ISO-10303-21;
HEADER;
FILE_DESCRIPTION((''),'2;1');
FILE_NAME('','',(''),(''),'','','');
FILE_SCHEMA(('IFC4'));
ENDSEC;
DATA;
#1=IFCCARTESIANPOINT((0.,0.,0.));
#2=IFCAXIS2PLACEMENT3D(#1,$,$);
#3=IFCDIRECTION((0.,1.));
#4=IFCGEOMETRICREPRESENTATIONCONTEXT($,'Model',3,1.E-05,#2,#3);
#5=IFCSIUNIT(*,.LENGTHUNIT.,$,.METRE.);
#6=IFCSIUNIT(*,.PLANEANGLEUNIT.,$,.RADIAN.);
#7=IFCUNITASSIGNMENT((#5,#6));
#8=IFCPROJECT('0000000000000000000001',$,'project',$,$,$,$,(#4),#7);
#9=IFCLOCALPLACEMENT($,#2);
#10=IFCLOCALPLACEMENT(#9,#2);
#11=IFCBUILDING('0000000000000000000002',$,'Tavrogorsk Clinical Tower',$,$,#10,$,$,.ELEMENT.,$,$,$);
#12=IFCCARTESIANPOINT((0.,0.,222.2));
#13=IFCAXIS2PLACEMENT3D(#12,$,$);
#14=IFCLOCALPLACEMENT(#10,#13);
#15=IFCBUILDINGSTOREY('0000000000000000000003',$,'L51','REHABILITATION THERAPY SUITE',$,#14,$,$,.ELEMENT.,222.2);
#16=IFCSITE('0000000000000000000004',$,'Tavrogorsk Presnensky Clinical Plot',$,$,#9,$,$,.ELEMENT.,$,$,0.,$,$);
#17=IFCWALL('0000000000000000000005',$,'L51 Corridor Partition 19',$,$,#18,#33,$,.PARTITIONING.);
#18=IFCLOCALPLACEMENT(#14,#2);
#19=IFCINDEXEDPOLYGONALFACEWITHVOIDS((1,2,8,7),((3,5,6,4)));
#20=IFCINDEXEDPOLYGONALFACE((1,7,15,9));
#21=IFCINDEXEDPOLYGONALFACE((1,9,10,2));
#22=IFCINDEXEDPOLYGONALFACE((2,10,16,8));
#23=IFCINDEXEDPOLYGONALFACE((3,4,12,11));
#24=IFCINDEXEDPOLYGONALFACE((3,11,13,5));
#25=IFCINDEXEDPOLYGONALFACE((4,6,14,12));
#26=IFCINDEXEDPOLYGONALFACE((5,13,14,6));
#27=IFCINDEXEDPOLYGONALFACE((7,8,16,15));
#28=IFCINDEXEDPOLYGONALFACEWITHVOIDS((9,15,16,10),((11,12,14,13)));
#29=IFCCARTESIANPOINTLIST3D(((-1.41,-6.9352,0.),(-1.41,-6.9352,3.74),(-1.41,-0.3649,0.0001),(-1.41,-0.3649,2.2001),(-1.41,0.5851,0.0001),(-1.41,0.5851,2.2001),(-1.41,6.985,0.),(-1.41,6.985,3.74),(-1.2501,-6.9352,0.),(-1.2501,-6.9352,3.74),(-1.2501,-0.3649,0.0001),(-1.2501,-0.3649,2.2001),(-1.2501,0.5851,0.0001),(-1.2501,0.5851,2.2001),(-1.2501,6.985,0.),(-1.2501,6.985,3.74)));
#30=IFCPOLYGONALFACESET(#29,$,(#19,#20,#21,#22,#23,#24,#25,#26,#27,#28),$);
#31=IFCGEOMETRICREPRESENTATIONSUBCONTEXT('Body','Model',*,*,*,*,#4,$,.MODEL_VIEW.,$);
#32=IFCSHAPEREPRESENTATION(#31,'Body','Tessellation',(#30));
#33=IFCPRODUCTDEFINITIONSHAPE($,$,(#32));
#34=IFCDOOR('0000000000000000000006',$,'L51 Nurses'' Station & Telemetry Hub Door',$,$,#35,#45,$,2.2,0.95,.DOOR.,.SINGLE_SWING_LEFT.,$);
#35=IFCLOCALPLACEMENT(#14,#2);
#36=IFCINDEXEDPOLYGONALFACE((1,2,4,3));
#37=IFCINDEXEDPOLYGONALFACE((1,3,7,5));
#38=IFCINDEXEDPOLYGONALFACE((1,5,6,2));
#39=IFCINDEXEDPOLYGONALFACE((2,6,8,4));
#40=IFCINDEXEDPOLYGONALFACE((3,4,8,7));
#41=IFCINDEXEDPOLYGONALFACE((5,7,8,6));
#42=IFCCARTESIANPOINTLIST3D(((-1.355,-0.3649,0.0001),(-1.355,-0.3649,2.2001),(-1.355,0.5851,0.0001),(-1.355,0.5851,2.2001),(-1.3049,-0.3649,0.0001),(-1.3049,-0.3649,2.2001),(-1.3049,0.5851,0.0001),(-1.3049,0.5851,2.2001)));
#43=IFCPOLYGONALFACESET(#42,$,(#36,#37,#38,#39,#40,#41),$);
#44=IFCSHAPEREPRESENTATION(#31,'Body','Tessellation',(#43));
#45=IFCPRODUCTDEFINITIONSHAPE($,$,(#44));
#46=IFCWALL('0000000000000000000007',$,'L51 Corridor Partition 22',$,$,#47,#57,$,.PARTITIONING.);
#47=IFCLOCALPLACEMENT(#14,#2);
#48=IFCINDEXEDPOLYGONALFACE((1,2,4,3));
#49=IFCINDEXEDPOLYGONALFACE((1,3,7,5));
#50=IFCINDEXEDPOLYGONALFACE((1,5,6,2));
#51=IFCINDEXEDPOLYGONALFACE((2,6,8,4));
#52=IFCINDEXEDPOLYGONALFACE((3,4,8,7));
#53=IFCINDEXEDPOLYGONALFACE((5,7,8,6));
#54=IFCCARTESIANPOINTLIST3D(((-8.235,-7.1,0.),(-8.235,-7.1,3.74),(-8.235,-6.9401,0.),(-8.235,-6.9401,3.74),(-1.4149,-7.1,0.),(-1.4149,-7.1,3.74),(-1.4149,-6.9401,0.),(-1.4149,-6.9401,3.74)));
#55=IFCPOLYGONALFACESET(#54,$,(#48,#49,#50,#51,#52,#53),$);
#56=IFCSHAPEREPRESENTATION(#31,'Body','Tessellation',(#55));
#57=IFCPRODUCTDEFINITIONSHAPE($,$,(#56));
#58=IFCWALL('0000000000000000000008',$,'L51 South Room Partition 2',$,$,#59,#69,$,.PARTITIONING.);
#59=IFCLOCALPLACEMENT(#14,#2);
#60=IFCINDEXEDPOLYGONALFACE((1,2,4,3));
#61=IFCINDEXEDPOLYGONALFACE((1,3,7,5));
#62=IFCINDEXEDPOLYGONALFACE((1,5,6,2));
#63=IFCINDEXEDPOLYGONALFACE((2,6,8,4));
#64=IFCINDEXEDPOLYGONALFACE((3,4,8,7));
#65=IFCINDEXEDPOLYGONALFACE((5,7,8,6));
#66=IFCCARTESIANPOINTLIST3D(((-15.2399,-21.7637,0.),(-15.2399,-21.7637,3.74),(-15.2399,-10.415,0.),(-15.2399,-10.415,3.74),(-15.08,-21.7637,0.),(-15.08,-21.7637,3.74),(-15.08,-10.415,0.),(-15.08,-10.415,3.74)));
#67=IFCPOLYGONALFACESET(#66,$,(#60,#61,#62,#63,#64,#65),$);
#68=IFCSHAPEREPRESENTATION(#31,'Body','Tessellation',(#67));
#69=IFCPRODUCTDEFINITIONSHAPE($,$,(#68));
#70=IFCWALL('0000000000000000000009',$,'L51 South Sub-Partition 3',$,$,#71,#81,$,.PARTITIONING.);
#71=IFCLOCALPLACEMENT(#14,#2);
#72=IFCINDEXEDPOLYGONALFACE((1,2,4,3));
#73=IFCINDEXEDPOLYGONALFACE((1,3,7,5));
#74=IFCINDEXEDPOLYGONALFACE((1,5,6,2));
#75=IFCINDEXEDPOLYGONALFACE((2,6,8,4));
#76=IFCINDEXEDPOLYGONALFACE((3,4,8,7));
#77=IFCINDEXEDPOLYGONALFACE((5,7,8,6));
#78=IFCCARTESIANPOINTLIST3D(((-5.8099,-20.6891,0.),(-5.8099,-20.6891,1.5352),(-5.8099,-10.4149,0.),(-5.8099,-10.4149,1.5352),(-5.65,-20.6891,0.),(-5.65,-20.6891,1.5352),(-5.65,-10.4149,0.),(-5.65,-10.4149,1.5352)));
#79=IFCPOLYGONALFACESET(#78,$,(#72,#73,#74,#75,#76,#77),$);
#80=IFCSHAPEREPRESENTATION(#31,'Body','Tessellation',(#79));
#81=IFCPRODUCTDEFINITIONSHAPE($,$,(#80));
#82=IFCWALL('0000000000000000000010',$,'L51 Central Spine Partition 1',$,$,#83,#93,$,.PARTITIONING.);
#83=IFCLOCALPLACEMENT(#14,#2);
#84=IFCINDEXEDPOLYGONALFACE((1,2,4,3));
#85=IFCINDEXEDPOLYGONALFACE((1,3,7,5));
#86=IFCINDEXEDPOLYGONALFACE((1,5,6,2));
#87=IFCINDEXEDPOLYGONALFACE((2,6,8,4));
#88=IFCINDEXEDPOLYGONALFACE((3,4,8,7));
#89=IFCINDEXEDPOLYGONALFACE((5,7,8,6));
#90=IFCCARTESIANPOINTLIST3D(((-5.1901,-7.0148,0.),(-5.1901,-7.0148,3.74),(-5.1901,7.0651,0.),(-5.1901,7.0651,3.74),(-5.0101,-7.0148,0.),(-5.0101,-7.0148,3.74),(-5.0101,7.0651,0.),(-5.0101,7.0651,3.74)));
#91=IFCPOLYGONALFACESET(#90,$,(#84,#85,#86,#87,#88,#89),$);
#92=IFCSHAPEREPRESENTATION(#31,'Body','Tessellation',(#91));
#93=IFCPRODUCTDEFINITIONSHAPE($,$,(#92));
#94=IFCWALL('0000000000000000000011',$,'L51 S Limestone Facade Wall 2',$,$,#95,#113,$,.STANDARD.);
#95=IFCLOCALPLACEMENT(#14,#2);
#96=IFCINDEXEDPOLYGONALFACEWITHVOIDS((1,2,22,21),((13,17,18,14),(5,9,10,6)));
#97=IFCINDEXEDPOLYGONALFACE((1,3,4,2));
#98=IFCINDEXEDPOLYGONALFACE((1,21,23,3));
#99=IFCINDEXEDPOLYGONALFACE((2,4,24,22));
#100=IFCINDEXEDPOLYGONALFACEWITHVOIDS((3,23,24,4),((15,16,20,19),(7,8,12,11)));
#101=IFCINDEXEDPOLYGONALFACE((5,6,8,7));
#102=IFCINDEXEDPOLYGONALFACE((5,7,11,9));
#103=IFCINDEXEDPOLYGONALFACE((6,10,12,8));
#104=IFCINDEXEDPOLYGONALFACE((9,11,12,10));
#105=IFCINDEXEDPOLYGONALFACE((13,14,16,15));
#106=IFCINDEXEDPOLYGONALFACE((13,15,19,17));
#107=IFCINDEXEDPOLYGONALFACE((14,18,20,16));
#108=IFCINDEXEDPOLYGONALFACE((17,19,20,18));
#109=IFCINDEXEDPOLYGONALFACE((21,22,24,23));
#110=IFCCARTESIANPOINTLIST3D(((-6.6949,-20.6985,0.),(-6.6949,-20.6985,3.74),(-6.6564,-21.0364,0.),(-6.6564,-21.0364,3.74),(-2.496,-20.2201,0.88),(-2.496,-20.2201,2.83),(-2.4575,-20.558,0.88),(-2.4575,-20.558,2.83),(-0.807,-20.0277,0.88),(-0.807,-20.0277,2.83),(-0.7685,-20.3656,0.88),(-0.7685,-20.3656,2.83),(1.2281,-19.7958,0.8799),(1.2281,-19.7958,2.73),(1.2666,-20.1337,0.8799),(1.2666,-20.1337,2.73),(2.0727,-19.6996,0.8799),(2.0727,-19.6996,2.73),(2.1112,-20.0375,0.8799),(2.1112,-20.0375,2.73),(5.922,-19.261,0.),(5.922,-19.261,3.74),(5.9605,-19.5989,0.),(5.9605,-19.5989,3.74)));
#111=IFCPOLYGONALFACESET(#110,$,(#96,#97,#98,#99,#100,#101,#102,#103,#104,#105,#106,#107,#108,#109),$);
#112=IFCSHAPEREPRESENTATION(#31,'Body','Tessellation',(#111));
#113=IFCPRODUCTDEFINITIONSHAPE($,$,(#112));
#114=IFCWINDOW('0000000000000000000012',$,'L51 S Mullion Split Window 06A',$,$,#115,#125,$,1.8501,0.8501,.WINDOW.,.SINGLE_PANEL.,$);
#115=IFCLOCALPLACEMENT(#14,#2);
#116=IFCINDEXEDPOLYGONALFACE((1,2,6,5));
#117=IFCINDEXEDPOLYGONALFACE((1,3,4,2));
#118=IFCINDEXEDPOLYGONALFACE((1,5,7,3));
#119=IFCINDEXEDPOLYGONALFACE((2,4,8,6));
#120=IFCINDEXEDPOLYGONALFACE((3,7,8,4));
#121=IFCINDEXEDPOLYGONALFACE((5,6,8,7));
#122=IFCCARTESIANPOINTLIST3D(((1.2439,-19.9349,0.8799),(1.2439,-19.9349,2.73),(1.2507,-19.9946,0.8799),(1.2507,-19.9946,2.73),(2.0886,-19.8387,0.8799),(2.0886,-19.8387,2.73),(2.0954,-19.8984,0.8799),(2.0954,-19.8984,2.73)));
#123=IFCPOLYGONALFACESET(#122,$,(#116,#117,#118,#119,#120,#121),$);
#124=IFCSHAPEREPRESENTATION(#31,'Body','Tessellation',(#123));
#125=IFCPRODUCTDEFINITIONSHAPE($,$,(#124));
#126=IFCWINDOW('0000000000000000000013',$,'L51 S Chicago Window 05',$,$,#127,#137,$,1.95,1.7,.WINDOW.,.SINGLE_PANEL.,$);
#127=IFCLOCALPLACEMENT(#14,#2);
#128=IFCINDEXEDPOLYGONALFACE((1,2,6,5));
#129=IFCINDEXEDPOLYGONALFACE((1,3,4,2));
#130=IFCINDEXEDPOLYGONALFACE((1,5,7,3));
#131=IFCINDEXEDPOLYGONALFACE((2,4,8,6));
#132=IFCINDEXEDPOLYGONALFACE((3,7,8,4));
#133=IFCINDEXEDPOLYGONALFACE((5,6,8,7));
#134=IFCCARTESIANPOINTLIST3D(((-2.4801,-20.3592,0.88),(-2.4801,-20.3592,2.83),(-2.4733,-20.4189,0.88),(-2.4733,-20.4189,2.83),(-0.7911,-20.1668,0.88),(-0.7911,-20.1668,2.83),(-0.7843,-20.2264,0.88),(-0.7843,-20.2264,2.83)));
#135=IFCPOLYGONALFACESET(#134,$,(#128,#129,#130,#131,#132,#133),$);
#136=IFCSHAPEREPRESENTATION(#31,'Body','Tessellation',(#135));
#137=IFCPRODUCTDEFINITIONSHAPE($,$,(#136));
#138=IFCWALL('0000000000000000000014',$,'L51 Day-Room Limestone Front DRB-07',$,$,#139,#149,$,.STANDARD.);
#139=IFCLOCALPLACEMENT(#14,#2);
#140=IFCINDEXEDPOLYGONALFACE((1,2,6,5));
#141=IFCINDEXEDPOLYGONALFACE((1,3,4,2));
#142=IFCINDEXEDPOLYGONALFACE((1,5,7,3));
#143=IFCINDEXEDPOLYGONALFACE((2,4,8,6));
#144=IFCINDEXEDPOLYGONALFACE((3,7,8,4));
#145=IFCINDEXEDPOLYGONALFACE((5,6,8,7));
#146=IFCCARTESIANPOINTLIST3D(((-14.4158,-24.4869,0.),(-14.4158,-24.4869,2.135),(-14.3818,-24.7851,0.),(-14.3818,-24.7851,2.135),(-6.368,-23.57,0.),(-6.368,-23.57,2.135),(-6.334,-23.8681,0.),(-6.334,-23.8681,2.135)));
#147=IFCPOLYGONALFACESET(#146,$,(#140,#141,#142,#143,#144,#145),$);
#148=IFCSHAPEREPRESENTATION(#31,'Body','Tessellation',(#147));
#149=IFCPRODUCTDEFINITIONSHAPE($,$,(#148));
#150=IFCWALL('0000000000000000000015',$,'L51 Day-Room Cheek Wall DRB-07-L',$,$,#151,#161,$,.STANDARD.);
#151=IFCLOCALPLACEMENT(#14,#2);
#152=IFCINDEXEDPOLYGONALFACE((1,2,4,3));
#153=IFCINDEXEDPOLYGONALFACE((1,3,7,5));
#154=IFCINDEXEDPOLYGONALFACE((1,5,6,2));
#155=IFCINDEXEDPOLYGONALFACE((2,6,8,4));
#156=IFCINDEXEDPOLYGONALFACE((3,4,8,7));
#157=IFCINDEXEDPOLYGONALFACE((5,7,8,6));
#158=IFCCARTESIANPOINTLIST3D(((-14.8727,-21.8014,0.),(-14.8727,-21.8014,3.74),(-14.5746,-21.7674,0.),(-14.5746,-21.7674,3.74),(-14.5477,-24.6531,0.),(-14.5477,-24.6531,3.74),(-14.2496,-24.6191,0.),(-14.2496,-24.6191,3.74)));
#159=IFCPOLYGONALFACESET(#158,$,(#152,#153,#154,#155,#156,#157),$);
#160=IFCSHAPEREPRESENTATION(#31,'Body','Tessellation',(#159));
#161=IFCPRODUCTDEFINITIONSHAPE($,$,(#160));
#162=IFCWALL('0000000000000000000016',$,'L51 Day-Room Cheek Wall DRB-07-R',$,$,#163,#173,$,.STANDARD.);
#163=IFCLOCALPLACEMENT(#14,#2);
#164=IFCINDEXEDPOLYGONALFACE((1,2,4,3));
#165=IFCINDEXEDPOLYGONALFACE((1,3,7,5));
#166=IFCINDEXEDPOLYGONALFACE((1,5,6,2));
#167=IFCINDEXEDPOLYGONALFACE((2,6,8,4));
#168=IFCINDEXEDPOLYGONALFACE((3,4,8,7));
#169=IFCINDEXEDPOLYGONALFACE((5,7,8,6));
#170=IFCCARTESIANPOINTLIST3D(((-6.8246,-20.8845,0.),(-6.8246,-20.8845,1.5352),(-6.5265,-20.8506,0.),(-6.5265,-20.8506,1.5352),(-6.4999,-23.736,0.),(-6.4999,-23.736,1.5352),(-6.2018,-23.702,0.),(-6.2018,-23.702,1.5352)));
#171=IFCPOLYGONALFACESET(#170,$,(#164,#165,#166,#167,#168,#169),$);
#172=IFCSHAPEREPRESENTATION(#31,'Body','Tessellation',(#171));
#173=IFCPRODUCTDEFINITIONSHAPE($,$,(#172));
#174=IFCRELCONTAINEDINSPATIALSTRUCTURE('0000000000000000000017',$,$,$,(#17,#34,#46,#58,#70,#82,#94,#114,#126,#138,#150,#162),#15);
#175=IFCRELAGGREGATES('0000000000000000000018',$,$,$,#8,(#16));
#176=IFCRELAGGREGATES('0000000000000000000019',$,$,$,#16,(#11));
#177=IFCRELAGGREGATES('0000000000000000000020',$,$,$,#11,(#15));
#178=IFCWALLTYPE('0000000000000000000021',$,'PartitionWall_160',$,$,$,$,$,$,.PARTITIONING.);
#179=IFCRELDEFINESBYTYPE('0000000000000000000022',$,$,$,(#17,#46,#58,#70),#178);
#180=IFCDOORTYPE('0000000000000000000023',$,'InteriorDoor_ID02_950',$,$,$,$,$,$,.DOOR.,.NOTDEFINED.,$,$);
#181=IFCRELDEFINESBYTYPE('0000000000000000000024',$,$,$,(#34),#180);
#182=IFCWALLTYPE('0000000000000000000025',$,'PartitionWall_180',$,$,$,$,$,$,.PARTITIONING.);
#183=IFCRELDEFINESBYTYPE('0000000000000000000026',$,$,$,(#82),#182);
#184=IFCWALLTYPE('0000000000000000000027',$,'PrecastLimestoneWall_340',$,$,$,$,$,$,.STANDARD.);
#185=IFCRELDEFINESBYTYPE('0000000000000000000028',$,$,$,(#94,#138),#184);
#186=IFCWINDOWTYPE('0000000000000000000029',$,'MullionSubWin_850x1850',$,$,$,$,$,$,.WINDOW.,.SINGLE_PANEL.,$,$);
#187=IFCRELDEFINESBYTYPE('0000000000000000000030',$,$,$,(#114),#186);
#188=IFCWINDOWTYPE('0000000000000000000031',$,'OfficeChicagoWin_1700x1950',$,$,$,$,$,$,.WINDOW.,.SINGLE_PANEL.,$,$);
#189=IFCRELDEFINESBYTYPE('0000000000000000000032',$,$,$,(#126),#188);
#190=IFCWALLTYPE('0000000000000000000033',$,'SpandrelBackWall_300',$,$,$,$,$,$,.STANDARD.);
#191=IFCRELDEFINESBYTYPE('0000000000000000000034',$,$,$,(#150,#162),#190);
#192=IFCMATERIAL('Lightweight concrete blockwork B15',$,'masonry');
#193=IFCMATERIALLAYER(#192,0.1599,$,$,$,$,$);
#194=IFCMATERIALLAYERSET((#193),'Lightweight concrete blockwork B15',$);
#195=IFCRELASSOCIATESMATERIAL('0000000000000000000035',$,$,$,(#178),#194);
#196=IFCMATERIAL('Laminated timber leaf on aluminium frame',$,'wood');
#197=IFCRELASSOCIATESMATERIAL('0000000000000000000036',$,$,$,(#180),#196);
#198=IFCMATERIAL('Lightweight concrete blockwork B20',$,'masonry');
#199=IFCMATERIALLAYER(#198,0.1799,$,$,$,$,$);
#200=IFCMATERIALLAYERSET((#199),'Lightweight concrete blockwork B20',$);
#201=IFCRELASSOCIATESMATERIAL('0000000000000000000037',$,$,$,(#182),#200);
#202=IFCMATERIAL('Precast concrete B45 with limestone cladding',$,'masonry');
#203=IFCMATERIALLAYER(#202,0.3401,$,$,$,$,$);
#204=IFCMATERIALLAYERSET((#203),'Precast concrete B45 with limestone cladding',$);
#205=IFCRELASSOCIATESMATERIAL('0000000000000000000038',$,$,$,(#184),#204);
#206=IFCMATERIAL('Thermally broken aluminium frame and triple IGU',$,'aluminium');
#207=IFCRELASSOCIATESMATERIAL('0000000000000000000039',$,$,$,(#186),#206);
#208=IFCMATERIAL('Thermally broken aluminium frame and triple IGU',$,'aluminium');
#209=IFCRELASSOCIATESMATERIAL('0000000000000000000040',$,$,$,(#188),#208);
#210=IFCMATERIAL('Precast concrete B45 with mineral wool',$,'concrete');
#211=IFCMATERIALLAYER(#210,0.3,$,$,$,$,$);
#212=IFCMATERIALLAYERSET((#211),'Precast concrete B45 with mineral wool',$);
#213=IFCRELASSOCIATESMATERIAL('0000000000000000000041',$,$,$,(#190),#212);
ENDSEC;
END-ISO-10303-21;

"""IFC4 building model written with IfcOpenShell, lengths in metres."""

from ifc_helpers import new_model, si_unit, direction, frame, frame_2d, origin, place, context, subcontext, project, spatial, rectangle, extrude, material, layer, layer_set, type_object, element, fill, save


model = new_model("IFC4")

# Units and contexts
model_context = context("Model", 3, precision=1e-05, world=origin(), true_north=direction((0.0, 1.0)))
body_context = subcontext(model_context, "Body", "Model", "MODEL_VIEW")
ifc_project = project(units=[si_unit("LENGTHUNIT", "METRE"), si_unit("PLANEANGLEUNIT", "RADIAN")], contexts=[model_context])

# Site, building, storey
site_placement = place(None, origin())
site = spatial("IfcSite", under=ifc_project, at=site_placement, Name="Tavrogorsk Presnensky Clinical Plot", CompositionType="ELEMENT", RefElevation=0.0)
building_placement = place(site_placement, origin())
building = spatial("IfcBuilding", under=site, at=building_placement, Name="Tavrogorsk Clinical Tower", CompositionType="ELEMENT")
storey_placement = place(building_placement, frame((0.0, 0.0, 222.2)))
storey = spatial("IfcBuildingStorey", under=building, at=storey_placement, Name="L51", Description="REHABILITATION THERAPY SUITE", CompositionType="ELEMENT", Elevation=222.2)

# Shared definitions
ifc_material_1 = material(Name="Lightweight concrete blockwork B15", Category="masonry")
ifc_layer_1 = layer(ifc_material_1, 0.1599)
ifc_layer_set_1 = layer_set([ifc_layer_1], Name="Lightweight concrete blockwork B15")
wall_type_1 = type_object("IfcWallType", Name="PartitionWall_160", PredefinedType="PARTITIONING", material=ifc_layer_set_1)

# Wall, opening, door
wall_1_placement = place(storey_placement, frame((-1.3301, -6.9351, 0.0), z_axis=(0.0, 0.0, 1.0), x_axis=(0.0, 1.0, 0.0)))
wall_1 = element("IfcWall", 1, at=wall_1_placement, inside=storey, type_object=wall_type_1, Name="L51 Corridor Partition 19", PredefinedType="PARTITIONING", context=body_context, shape_type="SweptSolid", body=[
    extrude(rectangle(XDim=13.9202, YDim=0.1599, at=frame_2d((6.96, 0.0))), origin(), (0.0, 0.0, 1.0), 3.74),
])
opening_1_placement = place(wall_1_placement, frame((6.5701, 0.0, 0.0)))
opening_1 = element("IfcOpeningElement", 2, at=opening_1_placement, cuts=wall_1, PredefinedType="OPENING", context=body_context, shape_type="SweptSolid", body=[
    extrude(rectangle(XDim=0.95, YDim=2.2, at=frame_2d((0.4751, 1.1001))), frame((0.0, 0.0898, 0.0), z_axis=(0.0, -1.0, 0.0), x_axis=(1.0, 0.0, 0.0)), (0.0, 0.0, 1.0), 0.1799),
])
ifc_material_2 = material(Name="Laminated timber leaf on aluminium frame", Category="wood")
door_type = type_object("IfcDoorType", Name="InteriorDoor_ID02_950", OperationType="NOTDEFINED", PredefinedType="DOOR", material=ifc_material_2)
door_placement = place(opening_1_placement, origin())
door = element("IfcDoor", 3, at=door_placement, inside=storey, type_object=door_type, Name="L51 Nurses' Station & Telemetry Hub Door", OperationType="SINGLE_SWING_LEFT", OverallHeight=2.2, OverallWidth=0.95, PredefinedType="DOOR", context=body_context, shape_type="SweptSolid", body=[
    extrude(rectangle(XDim=0.95, YDim=2.2, at=frame_2d((0.4751, 1.1001))), frame((0.0, 0.0249, 0.0), z_axis=(0.0, -1.0, 0.0), x_axis=(1.0, 0.0, 0.0)), (0.0, 0.0, 1.0), 0.05),
])
fill(opening_1, door)

# Walls
wall_2_placement = place(storey_placement, frame((-8.2351, -7.02, 0.0), z_axis=(0.0, 0.0, 1.0), x_axis=(1.0, 0.0, 0.0)))
element("IfcWall", 4, at=wall_2_placement, inside=storey, type_object=wall_type_1, Name="L51 Corridor Partition 22", PredefinedType="PARTITIONING", context=body_context, shape_type="SweptSolid", body=[
    extrude(rectangle(XDim=6.8201, YDim=0.1599, at=frame_2d((3.4102, 0.0))), origin(), (0.0, 0.0, 1.0), 3.74),
])
wall_3_placement = place(storey_placement, frame((-15.1599, -21.7637, 0.0), z_axis=(0.0, 0.0, 1.0), x_axis=(0.0, 1.0, 0.0)))
element("IfcWall", 5, at=wall_3_placement, inside=storey, type_object=wall_type_1, Name="L51 South Room Partition 2", PredefinedType="PARTITIONING", context=body_context, shape_type="SweptSolid", body=[
    extrude(rectangle(XDim=11.3486, YDim=0.1599, at=frame_2d((5.6743, 0.0))), origin(), (0.0, 0.0, 1.0), 3.74),
])
wall_4_placement = place(storey_placement, frame((-5.73, -20.6892, 0.0), z_axis=(0.0, 0.0, 1.0), x_axis=(0.0, 1.0, 0.0)))
element("IfcWall", 6, at=wall_4_placement, inside=storey, type_object=wall_type_1, Name="L51 South Sub-Partition 3", PredefinedType="PARTITIONING", context=body_context, shape_type="SweptSolid", body=[
    extrude(rectangle(XDim=10.2742, YDim=0.1599, at=frame_2d((5.1372, 0.0))), origin(), (0.0, 0.0, 1.0), 1.5352),
])
ifc_material_3 = material(Name="Lightweight concrete blockwork B20", Category="masonry")
ifc_layer_2 = layer(ifc_material_3, 0.1799)
ifc_layer_set_2 = layer_set([ifc_layer_2], Name="Lightweight concrete blockwork B20")
wall_type_2 = type_object("IfcWallType", Name="PartitionWall_180", PredefinedType="PARTITIONING", material=ifc_layer_set_2)
wall_5_placement = place(storey_placement, frame((-5.1001, -7.0149, 0.0), z_axis=(0.0, 0.0, 1.0), x_axis=(0.0, 1.0, 0.0)))
element("IfcWall", 7, at=wall_5_placement, inside=storey, type_object=wall_type_2, Name="L51 Central Spine Partition 1", PredefinedType="PARTITIONING", context=body_context, shape_type="SweptSolid", body=[
    extrude(rectangle(XDim=14.0798, YDim=0.1799, at=frame_2d((7.04, 0.0))), origin(), (0.0, 0.0, 1.0), 3.74),
])

# Wall, openings, windows
ifc_material_4 = material(Name="Precast concrete B45 with limestone cladding", Category="masonry")
ifc_layer_3 = layer(ifc_material_4, 0.3401)
ifc_layer_set_3 = layer_set([ifc_layer_3], Name="Precast concrete B45 with limestone cladding")
wall_type_3 = type_object("IfcWallType", Name="PrecastLimestoneWall_340", PredefinedType="STANDARD", material=ifc_layer_set_3)
wall_6_placement = place(storey_placement, frame((-6.6755, -20.8674, 0.0), z_axis=(0.0, 0.0, 1.0), x_axis=(0.993572, 0.113202, 0.0)))
wall_6 = element("IfcWall", 8, at=wall_6_placement, inside=storey, type_object=wall_type_3, Name="L51 S Limestone Facade Wall 2", PredefinedType="STANDARD", context=body_context, shape_type="SweptSolid", body=[
    extrude(rectangle(XDim=12.6985, YDim=0.3401, at=frame_2d((6.3491, 0.0))), origin(), (0.0, 0.0, 1.0), 3.74),
])
opening_2_placement = place(wall_6_placement, frame((4.2258, 0.0, 0.8799)))
opening_2 = element("IfcOpeningElement", 9, at=opening_2_placement, cuts=wall_6, PredefinedType="OPENING", context=body_context, shape_type="SweptSolid", body=[
    extrude(rectangle(XDim=1.7, YDim=1.95, at=frame_2d((0.8501, 0.9751))), frame((0.0, 0.1799, 0.0), z_axis=(0.0, -1.0, 0.0), x_axis=(1.0, 0.0, 0.0)), (0.0, 0.0, 1.0), 0.3601),
])
opening_3_placement = place(wall_6_placement, frame((7.9741, 0.0, 0.8799)))
opening_3 = element("IfcOpeningElement", 10, at=opening_3_placement, cuts=wall_6, PredefinedType="OPENING", context=body_context, shape_type="SweptSolid", body=[
    extrude(rectangle(XDim=0.8501, YDim=1.8501, at=frame_2d((0.425, 0.925))), frame((0.0, 0.1799, 0.0), z_axis=(0.0, -1.0, 0.0), x_axis=(1.0, 0.0, 0.0)), (0.0, 0.0, 1.0), 0.3601),
])
ifc_material_5 = material(Name="Thermally broken aluminium frame and triple IGU", Category="aluminium")
window_type_1 = type_object("IfcWindowType", Name="MullionSubWin_850x1850", PartitioningType="SINGLE_PANEL", PredefinedType="WINDOW", material=ifc_material_5)
window_1_placement = place(opening_3_placement, origin())
window_1 = element("IfcWindow", 11, at=window_1_placement, inside=storey, type_object=window_type_1, Name="L51 S Mullion Split Window 06A", OverallHeight=1.8501, OverallWidth=0.8501, PartitioningType="SINGLE_PANEL", PredefinedType="WINDOW", context=body_context, shape_type="SweptSolid", body=[
    extrude(rectangle(XDim=0.8501, YDim=1.8501, at=frame_2d((0.425, 0.925))), frame((0.0, 0.03, 0.0), z_axis=(0.0, -1.0, 0.0), x_axis=(1.0, 0.0, 0.0)), (0.0, 0.0, 1.0), 0.0601),
])
fill(opening_3, window_1)
ifc_material_6 = material(Name="Thermally broken aluminium frame and triple IGU", Category="aluminium")
window_type_2 = type_object("IfcWindowType", Name="OfficeChicagoWin_1700x1950", PartitioningType="SINGLE_PANEL", PredefinedType="WINDOW", material=ifc_material_6)
window_2_placement = place(opening_2_placement, origin())
window_2 = element("IfcWindow", 12, at=window_2_placement, inside=storey, type_object=window_type_2, Name="L51 S Chicago Window 05", OverallHeight=1.95, OverallWidth=1.7, PartitioningType="SINGLE_PANEL", PredefinedType="WINDOW", context=body_context, shape_type="SweptSolid", body=[
    extrude(rectangle(XDim=1.7, YDim=1.95, at=frame_2d((0.8501, 0.9751))), frame((0.0, 0.03, 0.0), z_axis=(0.0, -1.0, 0.0), x_axis=(1.0, 0.0, 0.0)), (0.0, 0.0, 1.0), 0.0601),
])
fill(opening_2, window_2)

# Walls
wall_7_placement = place(storey_placement, frame((-14.3987, -24.636, 0.0), z_axis=(0.0, 0.0, 1.0), x_axis=(0.993571, 0.11321, 0.0)))
element("IfcWall", 13, at=wall_7_placement, inside=storey, type_object=wall_type_3, Name="L51 Day-Room Limestone Front DRB-07", PredefinedType="STANDARD", context=body_context, shape_type="SweptSolid", body=[
    extrude(rectangle(XDim=8.0999, YDim=0.3, at=frame_2d((4.0498, 0.0))), origin(), (0.0, 0.0, 1.0), 2.135),
])
ifc_material_7 = material(Name="Precast concrete B45 with mineral wool", Category="concrete")
ifc_layer_4 = layer(ifc_material_7, 0.3)
ifc_layer_set_4 = layer_set([ifc_layer_4], Name="Precast concrete B45 with mineral wool")
wall_type_4 = type_object("IfcWallType", Name="SpandrelBackWall_300", PredefinedType="STANDARD", material=ifc_layer_set_4)
wall_8_placement = place(storey_placement, frame((-14.7236, -21.7844, 0.0), z_axis=(0.0, 0.0, 1.0), x_axis=(0.113223, -0.99357, 0.0)))
element("IfcWall", 14, at=wall_8_placement, inside=storey, type_object=wall_type_4, Name="L51 Day-Room Cheek Wall DRB-07-L", PredefinedType="STANDARD", context=body_context, shape_type="SweptSolid", body=[
    extrude(rectangle(XDim=2.8701, YDim=0.3, at=frame_2d((1.4351, 0.0))), origin(), (0.0, 0.0, 1.0), 3.74),
])
wall_9_placement = place(storey_placement, frame((-6.6755, -20.8674, 0.0), z_axis=(0.0, 0.0, 1.0), x_axis=(0.113139, -0.993579, 0.0)))
element("IfcWall", 15, at=wall_9_placement, inside=storey, type_object=wall_type_4, Name="L51 Day-Room Cheek Wall DRB-07-R", PredefinedType="STANDARD", context=body_context, shape_type="SweptSolid", body=[
    extrude(rectangle(XDim=2.8699, YDim=0.3, at=frame_2d((1.4351, 0.0))), origin(), (0.0, 0.0, 1.0), 1.5352),
])

save(model, "model.ifc")
